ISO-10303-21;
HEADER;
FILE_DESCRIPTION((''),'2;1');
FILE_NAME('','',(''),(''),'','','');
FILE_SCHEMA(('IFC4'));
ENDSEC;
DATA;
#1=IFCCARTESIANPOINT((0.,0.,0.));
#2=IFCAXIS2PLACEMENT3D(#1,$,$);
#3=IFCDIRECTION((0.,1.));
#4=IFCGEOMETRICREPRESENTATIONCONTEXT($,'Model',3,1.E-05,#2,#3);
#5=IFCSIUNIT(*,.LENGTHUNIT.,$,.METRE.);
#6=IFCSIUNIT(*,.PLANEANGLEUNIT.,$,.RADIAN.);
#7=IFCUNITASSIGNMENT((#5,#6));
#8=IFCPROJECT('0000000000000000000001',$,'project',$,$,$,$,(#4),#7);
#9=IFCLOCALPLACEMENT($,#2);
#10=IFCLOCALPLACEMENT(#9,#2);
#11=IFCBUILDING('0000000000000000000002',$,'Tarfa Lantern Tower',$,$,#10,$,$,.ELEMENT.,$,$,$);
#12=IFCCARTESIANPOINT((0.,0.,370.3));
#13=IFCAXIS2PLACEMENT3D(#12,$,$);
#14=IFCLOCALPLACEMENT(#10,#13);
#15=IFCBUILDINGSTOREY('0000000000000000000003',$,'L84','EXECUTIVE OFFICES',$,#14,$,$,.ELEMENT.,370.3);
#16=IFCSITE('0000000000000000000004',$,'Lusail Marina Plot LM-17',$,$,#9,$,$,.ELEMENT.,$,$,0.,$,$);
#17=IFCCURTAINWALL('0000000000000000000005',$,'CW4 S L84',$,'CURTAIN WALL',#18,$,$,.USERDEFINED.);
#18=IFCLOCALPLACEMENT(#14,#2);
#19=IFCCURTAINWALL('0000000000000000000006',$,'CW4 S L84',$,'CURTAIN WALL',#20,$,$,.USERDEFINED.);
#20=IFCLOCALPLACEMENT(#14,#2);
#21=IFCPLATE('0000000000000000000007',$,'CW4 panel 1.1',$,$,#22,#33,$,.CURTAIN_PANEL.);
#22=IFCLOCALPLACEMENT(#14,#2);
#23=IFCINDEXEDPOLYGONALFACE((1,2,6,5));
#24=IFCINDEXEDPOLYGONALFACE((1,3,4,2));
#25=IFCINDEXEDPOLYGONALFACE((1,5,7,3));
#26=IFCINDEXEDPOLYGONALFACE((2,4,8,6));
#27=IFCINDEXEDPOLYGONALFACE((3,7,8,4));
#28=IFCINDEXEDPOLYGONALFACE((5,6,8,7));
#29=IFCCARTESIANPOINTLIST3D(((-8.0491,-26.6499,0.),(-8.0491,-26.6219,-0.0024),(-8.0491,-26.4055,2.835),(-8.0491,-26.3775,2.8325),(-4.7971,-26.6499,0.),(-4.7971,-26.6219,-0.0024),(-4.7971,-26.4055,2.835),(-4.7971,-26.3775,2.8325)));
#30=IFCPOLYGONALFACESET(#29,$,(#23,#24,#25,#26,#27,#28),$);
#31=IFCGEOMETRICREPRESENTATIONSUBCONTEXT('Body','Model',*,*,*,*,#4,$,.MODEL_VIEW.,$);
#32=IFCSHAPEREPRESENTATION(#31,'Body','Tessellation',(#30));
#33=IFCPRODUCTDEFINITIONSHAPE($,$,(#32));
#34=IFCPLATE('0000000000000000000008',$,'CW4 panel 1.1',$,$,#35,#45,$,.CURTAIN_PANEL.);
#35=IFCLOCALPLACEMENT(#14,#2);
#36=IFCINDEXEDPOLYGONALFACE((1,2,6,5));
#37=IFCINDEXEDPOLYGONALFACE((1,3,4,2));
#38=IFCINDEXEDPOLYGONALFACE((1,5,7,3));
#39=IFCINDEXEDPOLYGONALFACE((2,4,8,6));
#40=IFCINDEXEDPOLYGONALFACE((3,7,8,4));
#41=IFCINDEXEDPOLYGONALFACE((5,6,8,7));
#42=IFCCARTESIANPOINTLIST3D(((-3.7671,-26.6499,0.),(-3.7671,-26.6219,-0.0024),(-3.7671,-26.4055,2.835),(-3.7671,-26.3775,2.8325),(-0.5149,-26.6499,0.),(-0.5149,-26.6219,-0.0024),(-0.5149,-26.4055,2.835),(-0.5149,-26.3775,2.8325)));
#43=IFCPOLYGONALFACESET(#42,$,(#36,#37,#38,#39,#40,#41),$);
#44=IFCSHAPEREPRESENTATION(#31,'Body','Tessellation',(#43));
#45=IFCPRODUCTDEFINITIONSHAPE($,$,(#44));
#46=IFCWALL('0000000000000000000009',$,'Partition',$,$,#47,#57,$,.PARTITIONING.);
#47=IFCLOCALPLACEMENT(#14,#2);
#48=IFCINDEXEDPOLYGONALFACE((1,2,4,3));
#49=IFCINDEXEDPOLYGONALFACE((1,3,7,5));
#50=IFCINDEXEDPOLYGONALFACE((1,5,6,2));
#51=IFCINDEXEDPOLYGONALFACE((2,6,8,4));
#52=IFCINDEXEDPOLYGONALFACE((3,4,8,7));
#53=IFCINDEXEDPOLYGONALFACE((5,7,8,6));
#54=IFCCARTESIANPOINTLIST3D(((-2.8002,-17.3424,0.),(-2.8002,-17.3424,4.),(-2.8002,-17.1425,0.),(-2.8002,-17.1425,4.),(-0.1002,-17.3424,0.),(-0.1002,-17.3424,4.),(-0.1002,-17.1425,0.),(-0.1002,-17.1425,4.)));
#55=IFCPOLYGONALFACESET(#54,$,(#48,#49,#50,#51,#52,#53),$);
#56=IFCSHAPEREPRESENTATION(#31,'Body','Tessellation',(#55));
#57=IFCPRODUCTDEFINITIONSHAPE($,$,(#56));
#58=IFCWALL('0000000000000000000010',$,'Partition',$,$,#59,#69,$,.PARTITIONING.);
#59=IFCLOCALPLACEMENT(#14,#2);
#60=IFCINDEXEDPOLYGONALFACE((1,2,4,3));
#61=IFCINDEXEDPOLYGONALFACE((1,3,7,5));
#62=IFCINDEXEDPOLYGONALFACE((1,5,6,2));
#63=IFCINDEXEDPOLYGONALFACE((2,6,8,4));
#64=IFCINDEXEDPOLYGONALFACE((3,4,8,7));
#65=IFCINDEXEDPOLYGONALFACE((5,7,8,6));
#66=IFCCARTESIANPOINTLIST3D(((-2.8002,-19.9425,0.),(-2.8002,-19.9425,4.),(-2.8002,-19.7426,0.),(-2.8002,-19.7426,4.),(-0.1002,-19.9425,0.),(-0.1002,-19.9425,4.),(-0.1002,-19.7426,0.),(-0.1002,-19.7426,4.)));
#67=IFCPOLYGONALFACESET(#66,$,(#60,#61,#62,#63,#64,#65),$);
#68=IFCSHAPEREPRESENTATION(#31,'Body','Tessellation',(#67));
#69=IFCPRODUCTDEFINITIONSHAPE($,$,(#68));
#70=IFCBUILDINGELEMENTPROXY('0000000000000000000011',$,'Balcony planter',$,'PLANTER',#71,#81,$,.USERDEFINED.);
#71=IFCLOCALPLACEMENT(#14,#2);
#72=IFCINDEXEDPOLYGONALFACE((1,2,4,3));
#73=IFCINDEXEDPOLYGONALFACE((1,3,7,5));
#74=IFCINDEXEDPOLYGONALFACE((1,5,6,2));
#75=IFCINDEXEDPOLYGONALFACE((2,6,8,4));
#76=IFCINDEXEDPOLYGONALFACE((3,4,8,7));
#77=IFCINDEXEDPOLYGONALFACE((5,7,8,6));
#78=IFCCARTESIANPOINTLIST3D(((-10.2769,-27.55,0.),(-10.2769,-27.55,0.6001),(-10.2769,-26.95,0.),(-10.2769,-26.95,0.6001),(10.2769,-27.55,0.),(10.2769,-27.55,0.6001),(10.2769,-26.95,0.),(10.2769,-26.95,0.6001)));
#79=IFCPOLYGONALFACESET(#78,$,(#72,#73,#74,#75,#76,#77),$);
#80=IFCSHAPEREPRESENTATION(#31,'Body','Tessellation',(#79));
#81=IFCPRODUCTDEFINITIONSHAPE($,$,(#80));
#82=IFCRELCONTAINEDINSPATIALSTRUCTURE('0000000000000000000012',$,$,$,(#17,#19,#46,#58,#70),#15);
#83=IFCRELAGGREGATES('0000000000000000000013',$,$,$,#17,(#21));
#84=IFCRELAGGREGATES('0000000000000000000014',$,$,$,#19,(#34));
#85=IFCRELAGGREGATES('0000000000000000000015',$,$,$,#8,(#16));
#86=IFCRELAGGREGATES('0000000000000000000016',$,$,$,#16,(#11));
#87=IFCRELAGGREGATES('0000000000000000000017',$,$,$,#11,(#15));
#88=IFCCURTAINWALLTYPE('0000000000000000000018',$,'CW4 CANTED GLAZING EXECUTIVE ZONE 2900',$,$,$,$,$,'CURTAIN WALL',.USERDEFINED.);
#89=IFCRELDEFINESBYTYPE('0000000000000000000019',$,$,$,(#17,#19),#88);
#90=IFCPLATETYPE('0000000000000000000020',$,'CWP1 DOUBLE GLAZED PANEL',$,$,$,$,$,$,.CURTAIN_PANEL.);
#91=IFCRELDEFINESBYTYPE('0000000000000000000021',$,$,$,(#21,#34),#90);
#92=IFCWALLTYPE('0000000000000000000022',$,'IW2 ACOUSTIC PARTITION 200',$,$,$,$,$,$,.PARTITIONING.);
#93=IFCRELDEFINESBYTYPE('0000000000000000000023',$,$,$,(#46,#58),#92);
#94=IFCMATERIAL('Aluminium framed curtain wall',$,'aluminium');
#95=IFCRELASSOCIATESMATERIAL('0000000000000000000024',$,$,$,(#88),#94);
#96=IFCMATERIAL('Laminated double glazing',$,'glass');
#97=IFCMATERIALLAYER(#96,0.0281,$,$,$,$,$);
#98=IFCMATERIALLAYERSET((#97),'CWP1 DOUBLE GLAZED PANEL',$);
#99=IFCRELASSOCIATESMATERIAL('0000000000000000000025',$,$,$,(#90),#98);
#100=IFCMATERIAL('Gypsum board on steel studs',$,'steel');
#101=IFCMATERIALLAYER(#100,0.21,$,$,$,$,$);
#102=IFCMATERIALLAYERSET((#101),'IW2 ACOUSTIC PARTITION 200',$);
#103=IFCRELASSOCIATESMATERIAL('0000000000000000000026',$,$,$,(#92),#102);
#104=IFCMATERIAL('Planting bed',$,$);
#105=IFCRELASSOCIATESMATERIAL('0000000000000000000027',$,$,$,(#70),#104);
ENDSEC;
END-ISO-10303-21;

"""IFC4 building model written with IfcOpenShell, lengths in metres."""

from ifc_helpers import new_model, si_unit, direction, frame, frame_2d, origin, origin_2d, place, context, subcontext, project, spatial, polyline, rectangle, outline, extrude, material, layer, layer_set, type_object, element, aggregate, save


model = new_model("IFC4")

# Units and contexts
model_context = context("Model", 3, precision=1e-05, world=origin(), true_north=direction((0.0, 1.0)))
body_context = subcontext(model_context, "Body", "Model", "MODEL_VIEW")
ifc_project = project(units=[si_unit("LENGTHUNIT", "METRE"), si_unit("PLANEANGLEUNIT", "RADIAN")], contexts=[model_context])

# Site, building, storey
site_placement = place(None, origin())
site = spatial("IfcSite", under=ifc_project, at=site_placement, Name="Lusail Marina Plot LM-17", CompositionType="ELEMENT", RefElevation=0.0)
building_placement = place(site_placement, origin())
building = spatial("IfcBuilding", under=site, at=building_placement, Name="Tarfa Lantern Tower", CompositionType="ELEMENT")
storey_placement = place(building_placement, frame((0.0, 0.0, 370.3)))
storey = spatial("IfcBuildingStorey", under=building, at=storey_placement, Name="L84", Description="EXECUTIVE OFFICES", CompositionType="ELEMENT", Elevation=370.3)

# Curtain walls
ifc_material_1 = material(Name="Aluminium framed curtain wall", Category="aluminium")
curtain_wall_type = type_object("IfcCurtainWallType", Name="CW4 CANTED GLAZING EXECUTIVE ZONE 2900", ElementType="CURTAIN WALL", PredefinedType="USERDEFINED", material=ifc_material_1)
curtain_wall_1_placement = place(storey_placement, origin())
curtain_wall_1 = element("IfcCurtainWall", 1, at=curtain_wall_1_placement, inside=storey, type_object=curtain_wall_type, Name="CW4 S L84", ObjectType="CURTAIN WALL", PredefinedType="USERDEFINED")
curtain_wall_2_placement = place(storey_placement, origin())
curtain_wall_2 = element("IfcCurtainWall", 2, at=curtain_wall_2_placement, inside=storey, type_object=curtain_wall_type, Name="CW4 S L84", ObjectType="CURTAIN WALL", PredefinedType="USERDEFINED")

# Plates
ifc_material_2 = material(Name="Laminated double glazing", Category="glass")
ifc_layer_1 = layer(ifc_material_2, 0.0281)
ifc_layer_set_1 = layer_set([ifc_layer_1], Name="CWP1 DOUBLE GLAZED PANEL")
plate_type = type_object("IfcPlateType", Name="CWP1 DOUBLE GLAZED PANEL", PredefinedType="CURTAIN_PANEL", material=ifc_layer_set_1)
plate_1_placement = place(storey_placement, frame((-8.0491, -26.6499, 0.0), z_axis=(0.0, -0.996305, 0.085885), x_axis=(1.0, 0.0, 0.0)))
plate_1 = element("IfcPlate", 3, at=plate_1_placement, type_object=plate_type, Name="CW4 panel 1.1", PredefinedType="CURTAIN_PANEL", context=body_context, shape_type="SweptSolid", body=[
    extrude(outline(polyline([(0.0, 0.0), (3.252, 0.0), (3.252, 2.8455), (0.0, 2.8455), (0.0, 0.0)])), origin(), (0.0, 0.0, -1.0), 0.0281),
])
aggregate(curtain_wall_1, [plate_1])
plate_2_placement = place(storey_placement, frame((-3.7671, -26.6499, 0.0), z_axis=(0.0, -0.996305, 0.085885), x_axis=(1.0, 0.0, 0.0)))
plate_2 = element("IfcPlate", 4, at=plate_2_placement, type_object=plate_type, Name="CW4 panel 1.1", PredefinedType="CURTAIN_PANEL", context=body_context, shape_type="SweptSolid", body=[
    extrude(outline(polyline([(0.0, 0.0), (3.2522, 0.0), (3.2522, 2.8455), (0.0, 2.8455), (0.0, 0.0)])), origin(), (0.0, 0.0, -1.0), 0.0281),
])
aggregate(curtain_wall_2, [plate_2])

# Walls
ifc_material_3 = material(Name="Gypsum board on steel studs", Category="steel")
ifc_layer_2 = layer(ifc_material_3, 0.21)
ifc_layer_set_2 = layer_set([ifc_layer_2], Name="IW2 ACOUSTIC PARTITION 200")
wall_type = type_object("IfcWallType", Name="IW2 ACOUSTIC PARTITION 200", PredefinedType="PARTITIONING", material=ifc_layer_set_2)
for number, where, z_axis, x_axis, name in (
    (5, (-0.1001, -17.2424, 0.0), (0.0, 0.0, 1.0), (-1.0, 0.0, 0.0), "Partition"),
    (6, (-0.1001, -19.8425, 0.0), (0.0, 0.0, 1.0), (-1.0, 0.0, 0.0), "Partition"),
):
    element("IfcWall", number, at=place(storey_placement, frame(where, z_axis=z_axis, x_axis=x_axis)), inside=storey, type_object=wall_type, Name=name, PredefinedType="PARTITIONING", context=body_context, shape_type="SweptSolid", body=[
        extrude(rectangle(XDim=2.7, YDim=0.2, at=frame_2d((1.3501, 0.0))), origin(), (0.0, 0.0, 1.0), 4.0),
    ])

# Building element proxy
ifc_material_4 = material(Name="Planting bed")
proxy_placement = place(storey_placement, frame((0.0, -27.25, 0.0), z_axis=(0.0, 0.0, 1.0), x_axis=(1.0, 0.0, 0.0)))
element("IfcBuildingElementProxy", 7, at=proxy_placement, inside=storey, material=ifc_material_4, Name="Balcony planter", ObjectType="PLANTER", PredefinedType="USERDEFINED", context=body_context, shape_type="SweptSolid", body=[
    extrude(rectangle(XDim=20.5537, YDim=0.6001, at=origin_2d()), origin(), (0.0, 0.0, 1.0), 0.6001),
])

save(model, "model.ifc")
